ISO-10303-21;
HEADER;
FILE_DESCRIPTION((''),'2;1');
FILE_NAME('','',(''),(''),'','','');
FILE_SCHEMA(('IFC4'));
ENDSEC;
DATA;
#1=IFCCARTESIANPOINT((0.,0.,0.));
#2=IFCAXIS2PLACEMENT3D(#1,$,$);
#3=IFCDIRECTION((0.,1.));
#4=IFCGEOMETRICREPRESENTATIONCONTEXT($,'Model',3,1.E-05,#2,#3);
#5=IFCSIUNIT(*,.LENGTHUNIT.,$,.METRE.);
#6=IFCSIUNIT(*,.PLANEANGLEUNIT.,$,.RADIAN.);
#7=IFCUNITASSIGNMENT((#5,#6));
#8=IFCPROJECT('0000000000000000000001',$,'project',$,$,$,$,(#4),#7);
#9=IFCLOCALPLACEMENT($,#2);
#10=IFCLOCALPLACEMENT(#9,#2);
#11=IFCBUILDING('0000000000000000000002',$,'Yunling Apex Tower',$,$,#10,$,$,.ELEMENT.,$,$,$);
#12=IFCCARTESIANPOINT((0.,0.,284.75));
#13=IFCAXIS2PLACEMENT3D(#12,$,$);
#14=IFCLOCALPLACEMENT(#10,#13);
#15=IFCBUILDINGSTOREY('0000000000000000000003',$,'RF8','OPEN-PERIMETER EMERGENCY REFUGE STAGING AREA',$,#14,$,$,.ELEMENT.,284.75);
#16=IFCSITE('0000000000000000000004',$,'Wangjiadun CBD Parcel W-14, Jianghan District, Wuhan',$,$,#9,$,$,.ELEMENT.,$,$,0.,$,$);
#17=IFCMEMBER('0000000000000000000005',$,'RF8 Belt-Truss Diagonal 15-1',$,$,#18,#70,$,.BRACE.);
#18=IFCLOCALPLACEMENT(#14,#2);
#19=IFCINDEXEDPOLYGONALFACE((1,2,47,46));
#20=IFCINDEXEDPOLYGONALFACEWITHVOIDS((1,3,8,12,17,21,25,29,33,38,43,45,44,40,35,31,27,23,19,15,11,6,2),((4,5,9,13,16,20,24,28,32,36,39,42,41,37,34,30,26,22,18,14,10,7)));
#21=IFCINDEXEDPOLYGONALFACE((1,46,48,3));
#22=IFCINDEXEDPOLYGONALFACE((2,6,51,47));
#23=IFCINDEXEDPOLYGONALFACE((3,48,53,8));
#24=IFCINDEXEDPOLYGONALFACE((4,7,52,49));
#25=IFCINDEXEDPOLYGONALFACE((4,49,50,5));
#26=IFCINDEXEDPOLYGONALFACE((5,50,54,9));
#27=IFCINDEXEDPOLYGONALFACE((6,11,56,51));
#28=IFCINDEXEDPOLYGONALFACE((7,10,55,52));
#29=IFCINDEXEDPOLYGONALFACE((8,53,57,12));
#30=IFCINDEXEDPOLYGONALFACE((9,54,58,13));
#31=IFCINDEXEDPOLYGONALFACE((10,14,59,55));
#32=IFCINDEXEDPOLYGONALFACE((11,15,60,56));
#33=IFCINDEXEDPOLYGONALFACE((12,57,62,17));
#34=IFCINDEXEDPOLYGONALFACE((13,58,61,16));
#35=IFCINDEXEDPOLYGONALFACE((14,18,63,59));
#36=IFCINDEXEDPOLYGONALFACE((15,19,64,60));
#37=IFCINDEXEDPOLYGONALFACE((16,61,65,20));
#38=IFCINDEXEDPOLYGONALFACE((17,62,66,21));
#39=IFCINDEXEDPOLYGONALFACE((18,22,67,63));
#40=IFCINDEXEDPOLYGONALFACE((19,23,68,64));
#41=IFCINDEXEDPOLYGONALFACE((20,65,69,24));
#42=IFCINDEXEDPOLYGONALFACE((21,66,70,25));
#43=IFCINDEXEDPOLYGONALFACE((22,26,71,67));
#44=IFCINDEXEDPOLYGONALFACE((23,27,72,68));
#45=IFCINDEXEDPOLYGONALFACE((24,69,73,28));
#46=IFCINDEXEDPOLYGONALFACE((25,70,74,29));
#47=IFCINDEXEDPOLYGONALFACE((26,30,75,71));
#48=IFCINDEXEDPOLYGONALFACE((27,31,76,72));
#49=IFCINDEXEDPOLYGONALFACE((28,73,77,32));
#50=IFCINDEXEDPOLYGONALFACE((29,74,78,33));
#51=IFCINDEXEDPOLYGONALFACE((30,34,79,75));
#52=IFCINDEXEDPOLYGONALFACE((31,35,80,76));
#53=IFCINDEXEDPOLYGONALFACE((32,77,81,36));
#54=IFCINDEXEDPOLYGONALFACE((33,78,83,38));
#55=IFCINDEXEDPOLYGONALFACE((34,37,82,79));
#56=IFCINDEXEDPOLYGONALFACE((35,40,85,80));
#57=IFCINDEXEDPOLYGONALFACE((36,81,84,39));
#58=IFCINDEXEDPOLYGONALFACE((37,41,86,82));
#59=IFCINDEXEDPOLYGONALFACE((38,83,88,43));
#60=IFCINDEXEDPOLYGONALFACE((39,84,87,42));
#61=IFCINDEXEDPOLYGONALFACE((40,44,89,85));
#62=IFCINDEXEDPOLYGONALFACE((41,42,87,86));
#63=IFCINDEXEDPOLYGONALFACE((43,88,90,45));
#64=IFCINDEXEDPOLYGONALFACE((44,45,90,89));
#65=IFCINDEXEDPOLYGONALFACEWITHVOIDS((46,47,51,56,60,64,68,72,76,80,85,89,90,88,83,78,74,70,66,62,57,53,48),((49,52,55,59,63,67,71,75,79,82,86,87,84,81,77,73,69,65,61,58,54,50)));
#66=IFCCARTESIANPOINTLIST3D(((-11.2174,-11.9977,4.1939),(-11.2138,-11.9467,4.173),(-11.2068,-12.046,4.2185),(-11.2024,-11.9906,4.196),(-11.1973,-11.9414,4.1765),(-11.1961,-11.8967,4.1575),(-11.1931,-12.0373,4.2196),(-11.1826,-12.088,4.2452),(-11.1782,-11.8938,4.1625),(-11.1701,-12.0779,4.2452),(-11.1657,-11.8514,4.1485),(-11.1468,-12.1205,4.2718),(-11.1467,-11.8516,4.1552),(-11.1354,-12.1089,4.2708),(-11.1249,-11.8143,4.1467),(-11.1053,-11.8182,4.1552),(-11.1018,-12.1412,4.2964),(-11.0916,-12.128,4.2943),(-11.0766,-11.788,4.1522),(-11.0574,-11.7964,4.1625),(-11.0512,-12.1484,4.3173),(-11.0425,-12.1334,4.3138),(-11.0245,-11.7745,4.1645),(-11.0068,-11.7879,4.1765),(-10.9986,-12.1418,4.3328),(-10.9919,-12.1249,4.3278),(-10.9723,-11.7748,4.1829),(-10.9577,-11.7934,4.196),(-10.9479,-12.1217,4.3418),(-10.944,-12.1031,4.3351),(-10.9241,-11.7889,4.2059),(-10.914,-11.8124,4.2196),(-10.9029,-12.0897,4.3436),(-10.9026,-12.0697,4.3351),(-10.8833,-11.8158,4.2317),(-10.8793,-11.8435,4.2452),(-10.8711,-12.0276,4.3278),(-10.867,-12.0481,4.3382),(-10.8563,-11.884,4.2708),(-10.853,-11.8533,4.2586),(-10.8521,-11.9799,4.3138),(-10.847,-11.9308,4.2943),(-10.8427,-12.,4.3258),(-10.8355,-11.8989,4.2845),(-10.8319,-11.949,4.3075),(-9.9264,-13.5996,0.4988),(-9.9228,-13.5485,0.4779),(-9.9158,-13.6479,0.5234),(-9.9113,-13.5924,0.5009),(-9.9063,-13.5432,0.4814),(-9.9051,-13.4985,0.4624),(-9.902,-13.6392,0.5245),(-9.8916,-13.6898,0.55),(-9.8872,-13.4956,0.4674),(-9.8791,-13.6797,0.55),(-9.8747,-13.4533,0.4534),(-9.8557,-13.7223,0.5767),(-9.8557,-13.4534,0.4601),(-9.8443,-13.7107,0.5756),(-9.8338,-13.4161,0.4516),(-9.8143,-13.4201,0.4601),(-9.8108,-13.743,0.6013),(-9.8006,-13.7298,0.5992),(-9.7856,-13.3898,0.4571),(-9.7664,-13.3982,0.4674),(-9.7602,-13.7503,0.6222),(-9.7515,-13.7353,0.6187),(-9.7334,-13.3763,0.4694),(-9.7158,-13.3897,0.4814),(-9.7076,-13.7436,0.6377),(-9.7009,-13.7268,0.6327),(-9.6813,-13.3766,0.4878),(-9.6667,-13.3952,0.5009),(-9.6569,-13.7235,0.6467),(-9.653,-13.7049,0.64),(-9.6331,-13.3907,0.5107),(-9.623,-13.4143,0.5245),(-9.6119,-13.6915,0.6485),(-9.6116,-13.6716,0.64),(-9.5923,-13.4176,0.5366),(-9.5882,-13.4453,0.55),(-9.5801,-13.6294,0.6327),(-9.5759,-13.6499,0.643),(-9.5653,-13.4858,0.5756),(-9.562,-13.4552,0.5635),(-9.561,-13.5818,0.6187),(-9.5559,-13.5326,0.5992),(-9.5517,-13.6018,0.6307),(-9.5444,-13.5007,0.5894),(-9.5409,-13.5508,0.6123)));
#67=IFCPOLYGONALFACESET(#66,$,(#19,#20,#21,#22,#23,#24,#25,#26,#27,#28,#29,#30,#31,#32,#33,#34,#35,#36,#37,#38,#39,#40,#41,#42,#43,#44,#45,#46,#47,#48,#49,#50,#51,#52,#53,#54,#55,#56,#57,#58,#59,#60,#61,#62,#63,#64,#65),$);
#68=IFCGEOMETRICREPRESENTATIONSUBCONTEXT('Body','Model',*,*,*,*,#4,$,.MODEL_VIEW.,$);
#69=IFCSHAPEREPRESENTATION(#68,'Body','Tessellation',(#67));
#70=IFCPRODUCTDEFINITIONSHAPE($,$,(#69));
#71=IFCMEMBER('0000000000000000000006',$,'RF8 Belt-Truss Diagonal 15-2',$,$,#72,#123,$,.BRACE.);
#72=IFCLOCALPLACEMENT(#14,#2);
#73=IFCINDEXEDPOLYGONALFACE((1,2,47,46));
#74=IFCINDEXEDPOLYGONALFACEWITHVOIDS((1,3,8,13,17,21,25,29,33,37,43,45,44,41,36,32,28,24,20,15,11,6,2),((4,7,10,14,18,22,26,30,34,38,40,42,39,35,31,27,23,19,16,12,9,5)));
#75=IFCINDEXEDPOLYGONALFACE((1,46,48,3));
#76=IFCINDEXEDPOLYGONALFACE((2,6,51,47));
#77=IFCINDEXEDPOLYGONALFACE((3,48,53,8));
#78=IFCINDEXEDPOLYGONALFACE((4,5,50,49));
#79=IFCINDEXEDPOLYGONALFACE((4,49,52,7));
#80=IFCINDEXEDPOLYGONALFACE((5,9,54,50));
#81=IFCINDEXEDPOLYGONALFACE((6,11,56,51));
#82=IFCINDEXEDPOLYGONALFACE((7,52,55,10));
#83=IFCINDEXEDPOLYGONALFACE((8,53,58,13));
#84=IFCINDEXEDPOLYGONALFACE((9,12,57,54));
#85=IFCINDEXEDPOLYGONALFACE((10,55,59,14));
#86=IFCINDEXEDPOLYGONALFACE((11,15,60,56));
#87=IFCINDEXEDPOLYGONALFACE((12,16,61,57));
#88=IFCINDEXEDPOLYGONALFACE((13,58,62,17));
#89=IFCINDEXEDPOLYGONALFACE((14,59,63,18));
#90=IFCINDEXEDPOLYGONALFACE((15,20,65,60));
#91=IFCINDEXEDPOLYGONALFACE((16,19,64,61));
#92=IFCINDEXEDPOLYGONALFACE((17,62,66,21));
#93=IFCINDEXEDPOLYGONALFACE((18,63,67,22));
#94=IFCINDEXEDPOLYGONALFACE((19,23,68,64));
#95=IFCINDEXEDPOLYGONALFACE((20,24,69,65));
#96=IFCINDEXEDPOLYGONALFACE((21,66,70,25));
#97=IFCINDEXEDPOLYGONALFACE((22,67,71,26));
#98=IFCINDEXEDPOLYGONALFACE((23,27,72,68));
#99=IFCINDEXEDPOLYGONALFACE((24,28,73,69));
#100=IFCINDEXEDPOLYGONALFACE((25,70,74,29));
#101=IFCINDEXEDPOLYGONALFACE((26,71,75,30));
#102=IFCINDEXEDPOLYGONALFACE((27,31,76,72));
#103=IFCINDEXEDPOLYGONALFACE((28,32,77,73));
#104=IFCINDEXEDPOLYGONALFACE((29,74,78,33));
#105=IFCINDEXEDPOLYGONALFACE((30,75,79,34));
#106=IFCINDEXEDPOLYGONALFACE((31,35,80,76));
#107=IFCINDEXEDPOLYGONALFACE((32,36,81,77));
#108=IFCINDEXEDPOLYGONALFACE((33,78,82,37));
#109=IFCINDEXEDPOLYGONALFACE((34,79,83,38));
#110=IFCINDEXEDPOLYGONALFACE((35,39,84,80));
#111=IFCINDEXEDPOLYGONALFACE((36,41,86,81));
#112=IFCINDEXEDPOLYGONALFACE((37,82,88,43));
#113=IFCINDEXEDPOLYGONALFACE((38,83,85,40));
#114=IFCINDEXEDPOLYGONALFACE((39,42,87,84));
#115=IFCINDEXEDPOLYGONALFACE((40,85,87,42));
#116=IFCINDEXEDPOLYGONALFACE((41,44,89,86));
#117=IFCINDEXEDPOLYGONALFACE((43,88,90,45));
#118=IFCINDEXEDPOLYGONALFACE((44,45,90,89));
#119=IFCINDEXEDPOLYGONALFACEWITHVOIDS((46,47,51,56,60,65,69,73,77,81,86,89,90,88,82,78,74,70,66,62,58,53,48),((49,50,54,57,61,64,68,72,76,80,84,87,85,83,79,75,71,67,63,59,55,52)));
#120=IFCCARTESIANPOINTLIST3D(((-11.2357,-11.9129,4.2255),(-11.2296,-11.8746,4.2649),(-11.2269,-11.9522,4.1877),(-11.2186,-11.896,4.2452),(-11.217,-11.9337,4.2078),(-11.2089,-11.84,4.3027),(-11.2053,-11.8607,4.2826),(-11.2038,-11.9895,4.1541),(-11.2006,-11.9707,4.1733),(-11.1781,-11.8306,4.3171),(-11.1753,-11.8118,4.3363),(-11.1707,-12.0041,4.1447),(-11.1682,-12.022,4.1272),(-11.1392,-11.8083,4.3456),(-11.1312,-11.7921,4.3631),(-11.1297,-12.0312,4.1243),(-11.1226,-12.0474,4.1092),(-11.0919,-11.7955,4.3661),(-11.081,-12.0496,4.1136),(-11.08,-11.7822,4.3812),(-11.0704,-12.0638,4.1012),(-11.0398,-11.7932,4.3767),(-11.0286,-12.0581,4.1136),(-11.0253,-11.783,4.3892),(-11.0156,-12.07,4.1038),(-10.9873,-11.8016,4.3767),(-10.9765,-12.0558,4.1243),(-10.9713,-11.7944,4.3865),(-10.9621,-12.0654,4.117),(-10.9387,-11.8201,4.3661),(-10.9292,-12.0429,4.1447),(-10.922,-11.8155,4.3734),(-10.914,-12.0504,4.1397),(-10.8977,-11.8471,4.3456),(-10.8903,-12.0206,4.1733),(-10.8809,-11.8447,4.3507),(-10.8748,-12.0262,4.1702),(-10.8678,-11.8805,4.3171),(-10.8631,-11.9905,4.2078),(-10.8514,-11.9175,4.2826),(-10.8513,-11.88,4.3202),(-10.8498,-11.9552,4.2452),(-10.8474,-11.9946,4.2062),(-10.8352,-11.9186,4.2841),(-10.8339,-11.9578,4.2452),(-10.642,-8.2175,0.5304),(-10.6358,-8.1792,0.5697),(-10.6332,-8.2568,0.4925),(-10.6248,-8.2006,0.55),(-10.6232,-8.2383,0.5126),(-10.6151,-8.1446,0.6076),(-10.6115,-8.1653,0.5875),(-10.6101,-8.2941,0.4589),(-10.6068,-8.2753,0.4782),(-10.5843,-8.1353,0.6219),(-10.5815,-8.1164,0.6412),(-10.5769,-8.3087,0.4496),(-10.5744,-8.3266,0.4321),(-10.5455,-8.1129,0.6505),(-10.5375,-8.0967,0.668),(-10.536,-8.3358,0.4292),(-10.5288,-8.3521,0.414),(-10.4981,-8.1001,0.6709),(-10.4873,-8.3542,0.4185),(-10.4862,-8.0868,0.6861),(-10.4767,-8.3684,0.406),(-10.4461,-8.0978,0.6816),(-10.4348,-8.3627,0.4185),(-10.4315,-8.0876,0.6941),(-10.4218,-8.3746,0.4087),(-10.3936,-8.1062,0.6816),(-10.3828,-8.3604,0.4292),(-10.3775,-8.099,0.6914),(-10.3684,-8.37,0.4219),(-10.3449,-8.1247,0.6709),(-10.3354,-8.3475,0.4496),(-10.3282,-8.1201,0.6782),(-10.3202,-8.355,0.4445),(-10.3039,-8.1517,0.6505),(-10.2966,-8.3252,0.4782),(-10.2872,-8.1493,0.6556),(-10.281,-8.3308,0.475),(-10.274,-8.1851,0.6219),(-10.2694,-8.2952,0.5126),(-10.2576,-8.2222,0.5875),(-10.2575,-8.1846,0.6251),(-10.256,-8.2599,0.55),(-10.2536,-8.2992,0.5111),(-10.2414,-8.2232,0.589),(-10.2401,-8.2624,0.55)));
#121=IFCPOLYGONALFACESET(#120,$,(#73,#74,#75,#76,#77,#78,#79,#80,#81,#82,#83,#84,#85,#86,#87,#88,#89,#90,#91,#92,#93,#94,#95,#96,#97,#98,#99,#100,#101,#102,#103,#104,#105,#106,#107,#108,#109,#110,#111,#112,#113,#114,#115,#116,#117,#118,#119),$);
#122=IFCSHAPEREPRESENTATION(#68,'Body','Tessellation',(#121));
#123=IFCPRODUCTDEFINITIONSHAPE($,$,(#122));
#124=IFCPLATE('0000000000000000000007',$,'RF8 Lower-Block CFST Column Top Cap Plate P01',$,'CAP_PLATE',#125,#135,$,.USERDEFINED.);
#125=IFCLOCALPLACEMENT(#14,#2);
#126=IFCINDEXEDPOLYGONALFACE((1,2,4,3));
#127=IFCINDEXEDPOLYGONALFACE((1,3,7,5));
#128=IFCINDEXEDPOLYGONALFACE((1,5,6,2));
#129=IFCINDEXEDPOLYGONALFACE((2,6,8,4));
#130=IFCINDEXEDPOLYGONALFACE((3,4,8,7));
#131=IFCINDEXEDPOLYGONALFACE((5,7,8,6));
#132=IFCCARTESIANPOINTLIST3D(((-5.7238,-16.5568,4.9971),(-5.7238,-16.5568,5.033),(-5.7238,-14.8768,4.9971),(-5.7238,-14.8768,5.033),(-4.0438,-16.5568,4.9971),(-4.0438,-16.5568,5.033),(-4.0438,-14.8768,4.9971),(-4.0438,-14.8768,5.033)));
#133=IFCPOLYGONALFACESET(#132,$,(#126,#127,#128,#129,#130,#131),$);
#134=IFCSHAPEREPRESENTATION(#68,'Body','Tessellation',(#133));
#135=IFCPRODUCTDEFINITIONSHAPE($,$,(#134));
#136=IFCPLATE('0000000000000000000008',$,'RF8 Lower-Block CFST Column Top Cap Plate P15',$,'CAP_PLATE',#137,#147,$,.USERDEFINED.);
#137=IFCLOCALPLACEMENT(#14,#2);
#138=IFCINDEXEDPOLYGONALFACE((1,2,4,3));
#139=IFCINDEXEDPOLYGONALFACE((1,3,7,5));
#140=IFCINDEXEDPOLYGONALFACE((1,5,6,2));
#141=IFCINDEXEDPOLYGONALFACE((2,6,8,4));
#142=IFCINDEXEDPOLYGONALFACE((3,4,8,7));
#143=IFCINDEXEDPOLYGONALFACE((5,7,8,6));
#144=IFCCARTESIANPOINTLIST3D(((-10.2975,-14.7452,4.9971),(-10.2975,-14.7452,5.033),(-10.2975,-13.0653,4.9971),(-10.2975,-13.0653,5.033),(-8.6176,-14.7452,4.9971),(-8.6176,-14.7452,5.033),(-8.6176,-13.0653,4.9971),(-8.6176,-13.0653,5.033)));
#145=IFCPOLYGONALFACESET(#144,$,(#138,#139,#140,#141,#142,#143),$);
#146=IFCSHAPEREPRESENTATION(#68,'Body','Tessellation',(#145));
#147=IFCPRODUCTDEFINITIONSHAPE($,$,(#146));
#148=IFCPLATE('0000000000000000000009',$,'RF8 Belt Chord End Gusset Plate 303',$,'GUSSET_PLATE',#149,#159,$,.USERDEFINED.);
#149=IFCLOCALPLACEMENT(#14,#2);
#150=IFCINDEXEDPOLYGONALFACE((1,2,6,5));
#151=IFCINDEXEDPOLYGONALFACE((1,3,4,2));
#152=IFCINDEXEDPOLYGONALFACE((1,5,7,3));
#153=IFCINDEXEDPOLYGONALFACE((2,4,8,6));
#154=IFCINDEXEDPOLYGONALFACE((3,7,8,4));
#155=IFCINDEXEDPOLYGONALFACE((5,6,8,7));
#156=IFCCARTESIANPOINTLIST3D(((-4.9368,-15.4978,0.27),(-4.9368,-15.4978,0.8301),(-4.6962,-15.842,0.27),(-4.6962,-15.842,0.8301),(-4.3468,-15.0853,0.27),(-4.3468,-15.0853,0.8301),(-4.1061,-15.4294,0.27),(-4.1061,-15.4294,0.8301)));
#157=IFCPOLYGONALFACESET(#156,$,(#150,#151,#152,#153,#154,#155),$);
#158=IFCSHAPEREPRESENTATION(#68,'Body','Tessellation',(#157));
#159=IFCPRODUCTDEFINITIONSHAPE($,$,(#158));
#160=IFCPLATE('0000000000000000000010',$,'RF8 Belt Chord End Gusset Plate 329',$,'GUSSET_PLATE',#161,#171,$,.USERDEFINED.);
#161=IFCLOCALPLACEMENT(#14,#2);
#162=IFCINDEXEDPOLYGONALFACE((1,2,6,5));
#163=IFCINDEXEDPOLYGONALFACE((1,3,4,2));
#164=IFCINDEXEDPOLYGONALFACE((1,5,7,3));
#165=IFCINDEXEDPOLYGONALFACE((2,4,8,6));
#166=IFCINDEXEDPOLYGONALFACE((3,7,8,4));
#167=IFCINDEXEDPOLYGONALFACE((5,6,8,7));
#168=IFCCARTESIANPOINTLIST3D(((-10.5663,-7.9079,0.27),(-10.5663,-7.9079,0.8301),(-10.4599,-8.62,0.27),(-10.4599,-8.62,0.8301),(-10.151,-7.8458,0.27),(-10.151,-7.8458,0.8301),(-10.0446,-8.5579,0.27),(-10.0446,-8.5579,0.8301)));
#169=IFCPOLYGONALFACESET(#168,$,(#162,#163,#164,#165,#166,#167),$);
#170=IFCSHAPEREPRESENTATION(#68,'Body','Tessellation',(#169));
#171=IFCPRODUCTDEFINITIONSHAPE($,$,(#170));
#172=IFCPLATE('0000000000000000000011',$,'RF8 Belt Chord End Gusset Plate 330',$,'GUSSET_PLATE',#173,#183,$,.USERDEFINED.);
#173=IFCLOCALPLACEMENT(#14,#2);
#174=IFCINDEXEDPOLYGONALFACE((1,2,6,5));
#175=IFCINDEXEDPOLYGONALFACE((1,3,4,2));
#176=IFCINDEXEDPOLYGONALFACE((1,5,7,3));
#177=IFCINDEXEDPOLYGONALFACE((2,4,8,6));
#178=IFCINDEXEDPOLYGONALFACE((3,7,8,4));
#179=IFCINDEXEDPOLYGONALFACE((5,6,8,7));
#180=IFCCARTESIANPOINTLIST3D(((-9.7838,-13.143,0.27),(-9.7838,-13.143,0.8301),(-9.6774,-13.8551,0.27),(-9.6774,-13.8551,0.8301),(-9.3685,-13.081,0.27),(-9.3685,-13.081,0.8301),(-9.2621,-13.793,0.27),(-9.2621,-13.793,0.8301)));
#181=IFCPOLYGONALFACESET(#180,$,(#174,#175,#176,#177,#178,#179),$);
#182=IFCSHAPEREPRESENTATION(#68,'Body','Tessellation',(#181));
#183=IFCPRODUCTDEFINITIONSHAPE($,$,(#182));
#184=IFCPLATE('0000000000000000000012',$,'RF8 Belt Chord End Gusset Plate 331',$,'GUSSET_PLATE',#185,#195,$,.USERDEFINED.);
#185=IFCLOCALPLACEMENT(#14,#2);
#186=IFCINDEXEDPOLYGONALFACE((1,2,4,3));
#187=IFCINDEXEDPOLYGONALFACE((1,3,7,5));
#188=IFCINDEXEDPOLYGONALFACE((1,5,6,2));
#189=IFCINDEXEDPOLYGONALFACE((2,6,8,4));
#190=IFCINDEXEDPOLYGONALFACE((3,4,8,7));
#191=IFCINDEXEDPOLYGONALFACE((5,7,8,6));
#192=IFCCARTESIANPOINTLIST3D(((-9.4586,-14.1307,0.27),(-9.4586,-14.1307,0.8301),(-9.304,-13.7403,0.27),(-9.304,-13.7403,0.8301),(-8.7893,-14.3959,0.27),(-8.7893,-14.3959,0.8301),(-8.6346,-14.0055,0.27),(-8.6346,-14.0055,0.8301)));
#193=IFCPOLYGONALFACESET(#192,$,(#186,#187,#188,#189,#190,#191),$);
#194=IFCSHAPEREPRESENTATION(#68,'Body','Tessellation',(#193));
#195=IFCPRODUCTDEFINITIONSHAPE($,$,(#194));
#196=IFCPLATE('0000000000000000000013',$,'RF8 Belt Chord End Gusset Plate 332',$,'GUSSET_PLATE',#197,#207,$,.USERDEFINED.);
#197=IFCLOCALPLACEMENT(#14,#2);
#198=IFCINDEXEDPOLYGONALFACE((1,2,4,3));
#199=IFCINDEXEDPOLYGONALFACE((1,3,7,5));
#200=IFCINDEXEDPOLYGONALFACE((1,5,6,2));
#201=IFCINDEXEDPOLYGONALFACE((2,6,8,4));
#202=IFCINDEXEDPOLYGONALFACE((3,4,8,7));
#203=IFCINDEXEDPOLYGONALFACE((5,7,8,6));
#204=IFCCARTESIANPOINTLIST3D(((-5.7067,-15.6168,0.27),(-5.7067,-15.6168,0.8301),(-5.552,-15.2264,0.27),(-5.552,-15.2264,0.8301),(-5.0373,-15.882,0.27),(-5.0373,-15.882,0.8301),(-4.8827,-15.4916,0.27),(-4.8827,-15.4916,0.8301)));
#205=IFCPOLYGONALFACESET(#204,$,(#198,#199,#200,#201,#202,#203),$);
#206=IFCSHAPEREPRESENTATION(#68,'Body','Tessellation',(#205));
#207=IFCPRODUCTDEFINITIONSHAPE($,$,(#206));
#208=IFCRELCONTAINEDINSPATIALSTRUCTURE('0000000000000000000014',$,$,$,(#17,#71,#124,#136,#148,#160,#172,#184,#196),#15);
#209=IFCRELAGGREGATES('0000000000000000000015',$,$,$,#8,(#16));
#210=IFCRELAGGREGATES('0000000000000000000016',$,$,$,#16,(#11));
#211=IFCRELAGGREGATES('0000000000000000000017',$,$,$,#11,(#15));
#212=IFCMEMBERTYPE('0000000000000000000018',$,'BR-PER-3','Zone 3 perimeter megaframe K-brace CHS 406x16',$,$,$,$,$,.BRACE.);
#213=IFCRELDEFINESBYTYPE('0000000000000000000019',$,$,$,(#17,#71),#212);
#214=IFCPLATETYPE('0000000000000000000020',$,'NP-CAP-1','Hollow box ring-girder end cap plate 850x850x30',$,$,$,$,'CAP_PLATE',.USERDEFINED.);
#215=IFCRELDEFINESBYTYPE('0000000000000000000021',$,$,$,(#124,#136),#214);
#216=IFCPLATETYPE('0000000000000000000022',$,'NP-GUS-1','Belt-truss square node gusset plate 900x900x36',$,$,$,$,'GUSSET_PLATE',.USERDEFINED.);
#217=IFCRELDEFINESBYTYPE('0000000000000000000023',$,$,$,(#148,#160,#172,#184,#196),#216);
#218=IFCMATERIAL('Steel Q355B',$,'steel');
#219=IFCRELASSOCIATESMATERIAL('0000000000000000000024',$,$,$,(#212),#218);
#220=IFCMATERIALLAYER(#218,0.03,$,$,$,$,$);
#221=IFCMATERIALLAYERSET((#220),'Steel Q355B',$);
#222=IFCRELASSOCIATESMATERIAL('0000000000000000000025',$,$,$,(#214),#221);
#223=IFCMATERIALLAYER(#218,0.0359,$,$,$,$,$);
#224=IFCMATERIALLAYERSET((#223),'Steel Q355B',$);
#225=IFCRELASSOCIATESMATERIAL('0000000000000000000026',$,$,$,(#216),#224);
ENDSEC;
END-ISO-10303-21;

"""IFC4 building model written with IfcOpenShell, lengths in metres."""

from ifc_helpers import new_model, si_unit, direction, frame, origin, origin_2d, place, context, subcontext, project, spatial, rectangle, hollow_circle, extrude, source, transform, mapped, material, layer, layer_set, material_profile, profile_set, type_object, element, save


model = new_model("IFC4")

# Units and contexts
model_context = context("Model", 3, precision=1e-05, world=origin(), true_north=direction((0.0, 1.0)))
body_context = subcontext(model_context, "Body", "Model", "MODEL_VIEW")
ifc_project = project(units=[si_unit("LENGTHUNIT", "METRE"), si_unit("PLANEANGLEUNIT", "RADIAN")], contexts=[model_context])

# Site, building, storey
site_placement = place(None, origin())
site = spatial("IfcSite", under=ifc_project, at=site_placement, Name="Wangjiadun CBD Parcel W-14, Jianghan District, Wuhan", CompositionType="ELEMENT", RefElevation=0.0)
building_placement = place(site_placement, origin())
building = spatial("IfcBuilding", under=site, at=building_placement, Name="Yunling Apex Tower", CompositionType="ELEMENT")
storey_placement = place(building_placement, frame((0.0, 0.0, 284.75)))
storey = spatial("IfcBuildingStorey", under=building, at=storey_placement, Name="RF8", Description="OPEN-PERIMETER EMERGENCY REFUGE STAGING AREA", CompositionType="ELEMENT", Elevation=284.75)

# Shared definitions
ifc_material_1 = material(Name="Steel Q355B", Category="steel")

# Members
ifc_material_profile_1 = material_profile(ifc_material_1, hollow_circle(Radius=0.2029, WallThickness=0.0161, at=origin_2d()))
ifc_profile_set_1 = profile_set([ifc_material_profile_1], Name="Steel Q355B")
member_type_1 = type_object("IfcMemberType", Name="BR-PER-3", Description="Zone 3 perimeter megaframe K-brace CHS 406x16", PredefinedType="BRACE", material=ifc_profile_set_1)
shared_shape_1 = source(origin(), body_context, "Body", "SweptSolid", [
    extrude(hollow_circle(Radius=0.2029, WallThickness=0.0161, at=origin_2d()), origin(), (0.0, 0.0, 1.0), 4.2292),
])
member_1_placement = place(storey_placement, frame((-9.7336, -13.5625, 0.55), z_axis=(-0.305263, 0.37875, 0.873706), x_axis=(-0.778594, -0.627527, 0.0)))
element("IfcMember", 1, at=member_1_placement, inside=storey, type_object=member_type_1, Name="RF8 Belt-Truss Diagonal 15-1", PredefinedType="BRACE", context=body_context, shape_type="MappedRepresentation", body=[
    mapped(shared_shape_1, transform((0.0, 0.0, 0.0), scale=1.0)),
])
shared_shape_2 = source(origin(), body_context, "Body", "SweptSolid", [
    extrude(hollow_circle(Radius=0.2029, WallThickness=0.0161, at=origin_2d()), origin(), (0.0, 0.0, 1.0), 5.2595),
])
member_2_placement = place(storey_placement, frame((-10.4404, -8.2302, 0.55), z_axis=(-0.112893, -0.70261, 0.702563), x_axis=(0.987336, -0.158642, 0.0)))
element("IfcMember", 2, at=member_2_placement, inside=storey, type_object=member_type_1, Name="RF8 Belt-Truss Diagonal 15-2", PredefinedType="BRACE", context=body_context, shape_type="MappedRepresentation", body=[
    mapped(shared_shape_2, transform((0.0, 0.0, 0.0), scale=1.0)),
])

# Plates
ifc_layer_1 = layer(ifc_material_1, 0.03)
ifc_layer_set_1 = layer_set([ifc_layer_1], Name="Steel Q355B")
plate_type_1 = type_object("IfcPlateType", Name="NP-CAP-1", Description="Hollow box ring-girder end cap plate 850x850x30", ElementType="CAP_PLATE", PredefinedType="USERDEFINED", material=ifc_layer_set_1)
shared_shape_3 = source(origin(), body_context, "Body", "SweptSolid", [
    extrude(rectangle(XDim=1.6799, YDim=1.6799, at=origin_2d()), origin(), (0.0, 0.0, 1.0), 0.0359),
])
for number, where, z_axis, x_axis, name in (
    (3, (-4.8838, -15.7168, 4.9971), (0.0, 0.0, 1.0), (1.0, 0.0, 0.0), "RF8 Lower-Block CFST Column Top Cap Plate P01"),
    (4, (-9.4575, -13.9053, 4.9971), (0.0, 0.0, 1.0), (1.0, 0.0, 0.0), "RF8 Lower-Block CFST Column Top Cap Plate P15"),
):
    element("IfcPlate", number, at=place(storey_placement, frame(where, z_axis=z_axis, x_axis=x_axis)), inside=storey, type_object=plate_type_1, Name=name, ObjectType="CAP_PLATE", PredefinedType="USERDEFINED", context=body_context, shape_type="MappedRepresentation", body=[
        mapped(shared_shape_3, transform((0.0, 0.0, 0.0), scale=1.0)),
    ])
ifc_layer_2 = layer(ifc_material_1, 0.0359)
ifc_layer_set_2 = layer_set([ifc_layer_2], Name="Steel Q355B")
plate_type_2 = type_object("IfcPlateType", Name="NP-GUS-1", Description="Belt-truss square node gusset plate 900x900x36", ElementType="GUSSET_PLATE", PredefinedType="USERDEFINED", material=ifc_layer_set_2)
shared_shape_4 = source(origin(), body_context, "Body", "SweptSolid", [
    extrude(rectangle(XDim=0.72, YDim=0.4199, at=origin_2d()), origin(), (0.0, 0.0, 1.0), 0.5601),
])
for number, where, z_axis, x_axis, name in (
    (5, (-4.5215, -15.4636, 0.27), (0.0, 0.0, 1.0), (0.819552, 0.573004, 0.0), "RF8 Belt Chord End Gusset Plate 303"),
    (6, (-10.3054, -8.2329, 0.27), (0.0, 0.0, 1.0), (0.147809, -0.989016, 0.0), "RF8 Belt Chord End Gusset Plate 329"),
    (7, (-9.5229, -13.468, 0.27), (0.0, 0.0, 1.0), (0.147809, -0.989016, 0.0), "RF8 Belt Chord End Gusset Plate 330"),
    (8, (-9.0466, -14.0681, 0.27), (0.0, 0.0, 1.0), (0.929712, -0.368287, 0.0), "RF8 Belt Chord End Gusset Plate 331"),
    (9, (-5.2947, -15.5542, 0.27), (0.0, 0.0, 1.0), (0.929712, -0.368287, 0.0), "RF8 Belt Chord End Gusset Plate 332"),
):
    element("IfcPlate", number, at=place(storey_placement, frame(where, z_axis=z_axis, x_axis=x_axis)), inside=storey, type_object=plate_type_2, Name=name, ObjectType="GUSSET_PLATE", PredefinedType="USERDEFINED", context=body_context, shape_type="MappedRepresentation", body=[
        mapped(shared_shape_4, transform((0.0, 0.0, 0.0), scale=1.0)),
    ])

save(model, "model.ifc")
